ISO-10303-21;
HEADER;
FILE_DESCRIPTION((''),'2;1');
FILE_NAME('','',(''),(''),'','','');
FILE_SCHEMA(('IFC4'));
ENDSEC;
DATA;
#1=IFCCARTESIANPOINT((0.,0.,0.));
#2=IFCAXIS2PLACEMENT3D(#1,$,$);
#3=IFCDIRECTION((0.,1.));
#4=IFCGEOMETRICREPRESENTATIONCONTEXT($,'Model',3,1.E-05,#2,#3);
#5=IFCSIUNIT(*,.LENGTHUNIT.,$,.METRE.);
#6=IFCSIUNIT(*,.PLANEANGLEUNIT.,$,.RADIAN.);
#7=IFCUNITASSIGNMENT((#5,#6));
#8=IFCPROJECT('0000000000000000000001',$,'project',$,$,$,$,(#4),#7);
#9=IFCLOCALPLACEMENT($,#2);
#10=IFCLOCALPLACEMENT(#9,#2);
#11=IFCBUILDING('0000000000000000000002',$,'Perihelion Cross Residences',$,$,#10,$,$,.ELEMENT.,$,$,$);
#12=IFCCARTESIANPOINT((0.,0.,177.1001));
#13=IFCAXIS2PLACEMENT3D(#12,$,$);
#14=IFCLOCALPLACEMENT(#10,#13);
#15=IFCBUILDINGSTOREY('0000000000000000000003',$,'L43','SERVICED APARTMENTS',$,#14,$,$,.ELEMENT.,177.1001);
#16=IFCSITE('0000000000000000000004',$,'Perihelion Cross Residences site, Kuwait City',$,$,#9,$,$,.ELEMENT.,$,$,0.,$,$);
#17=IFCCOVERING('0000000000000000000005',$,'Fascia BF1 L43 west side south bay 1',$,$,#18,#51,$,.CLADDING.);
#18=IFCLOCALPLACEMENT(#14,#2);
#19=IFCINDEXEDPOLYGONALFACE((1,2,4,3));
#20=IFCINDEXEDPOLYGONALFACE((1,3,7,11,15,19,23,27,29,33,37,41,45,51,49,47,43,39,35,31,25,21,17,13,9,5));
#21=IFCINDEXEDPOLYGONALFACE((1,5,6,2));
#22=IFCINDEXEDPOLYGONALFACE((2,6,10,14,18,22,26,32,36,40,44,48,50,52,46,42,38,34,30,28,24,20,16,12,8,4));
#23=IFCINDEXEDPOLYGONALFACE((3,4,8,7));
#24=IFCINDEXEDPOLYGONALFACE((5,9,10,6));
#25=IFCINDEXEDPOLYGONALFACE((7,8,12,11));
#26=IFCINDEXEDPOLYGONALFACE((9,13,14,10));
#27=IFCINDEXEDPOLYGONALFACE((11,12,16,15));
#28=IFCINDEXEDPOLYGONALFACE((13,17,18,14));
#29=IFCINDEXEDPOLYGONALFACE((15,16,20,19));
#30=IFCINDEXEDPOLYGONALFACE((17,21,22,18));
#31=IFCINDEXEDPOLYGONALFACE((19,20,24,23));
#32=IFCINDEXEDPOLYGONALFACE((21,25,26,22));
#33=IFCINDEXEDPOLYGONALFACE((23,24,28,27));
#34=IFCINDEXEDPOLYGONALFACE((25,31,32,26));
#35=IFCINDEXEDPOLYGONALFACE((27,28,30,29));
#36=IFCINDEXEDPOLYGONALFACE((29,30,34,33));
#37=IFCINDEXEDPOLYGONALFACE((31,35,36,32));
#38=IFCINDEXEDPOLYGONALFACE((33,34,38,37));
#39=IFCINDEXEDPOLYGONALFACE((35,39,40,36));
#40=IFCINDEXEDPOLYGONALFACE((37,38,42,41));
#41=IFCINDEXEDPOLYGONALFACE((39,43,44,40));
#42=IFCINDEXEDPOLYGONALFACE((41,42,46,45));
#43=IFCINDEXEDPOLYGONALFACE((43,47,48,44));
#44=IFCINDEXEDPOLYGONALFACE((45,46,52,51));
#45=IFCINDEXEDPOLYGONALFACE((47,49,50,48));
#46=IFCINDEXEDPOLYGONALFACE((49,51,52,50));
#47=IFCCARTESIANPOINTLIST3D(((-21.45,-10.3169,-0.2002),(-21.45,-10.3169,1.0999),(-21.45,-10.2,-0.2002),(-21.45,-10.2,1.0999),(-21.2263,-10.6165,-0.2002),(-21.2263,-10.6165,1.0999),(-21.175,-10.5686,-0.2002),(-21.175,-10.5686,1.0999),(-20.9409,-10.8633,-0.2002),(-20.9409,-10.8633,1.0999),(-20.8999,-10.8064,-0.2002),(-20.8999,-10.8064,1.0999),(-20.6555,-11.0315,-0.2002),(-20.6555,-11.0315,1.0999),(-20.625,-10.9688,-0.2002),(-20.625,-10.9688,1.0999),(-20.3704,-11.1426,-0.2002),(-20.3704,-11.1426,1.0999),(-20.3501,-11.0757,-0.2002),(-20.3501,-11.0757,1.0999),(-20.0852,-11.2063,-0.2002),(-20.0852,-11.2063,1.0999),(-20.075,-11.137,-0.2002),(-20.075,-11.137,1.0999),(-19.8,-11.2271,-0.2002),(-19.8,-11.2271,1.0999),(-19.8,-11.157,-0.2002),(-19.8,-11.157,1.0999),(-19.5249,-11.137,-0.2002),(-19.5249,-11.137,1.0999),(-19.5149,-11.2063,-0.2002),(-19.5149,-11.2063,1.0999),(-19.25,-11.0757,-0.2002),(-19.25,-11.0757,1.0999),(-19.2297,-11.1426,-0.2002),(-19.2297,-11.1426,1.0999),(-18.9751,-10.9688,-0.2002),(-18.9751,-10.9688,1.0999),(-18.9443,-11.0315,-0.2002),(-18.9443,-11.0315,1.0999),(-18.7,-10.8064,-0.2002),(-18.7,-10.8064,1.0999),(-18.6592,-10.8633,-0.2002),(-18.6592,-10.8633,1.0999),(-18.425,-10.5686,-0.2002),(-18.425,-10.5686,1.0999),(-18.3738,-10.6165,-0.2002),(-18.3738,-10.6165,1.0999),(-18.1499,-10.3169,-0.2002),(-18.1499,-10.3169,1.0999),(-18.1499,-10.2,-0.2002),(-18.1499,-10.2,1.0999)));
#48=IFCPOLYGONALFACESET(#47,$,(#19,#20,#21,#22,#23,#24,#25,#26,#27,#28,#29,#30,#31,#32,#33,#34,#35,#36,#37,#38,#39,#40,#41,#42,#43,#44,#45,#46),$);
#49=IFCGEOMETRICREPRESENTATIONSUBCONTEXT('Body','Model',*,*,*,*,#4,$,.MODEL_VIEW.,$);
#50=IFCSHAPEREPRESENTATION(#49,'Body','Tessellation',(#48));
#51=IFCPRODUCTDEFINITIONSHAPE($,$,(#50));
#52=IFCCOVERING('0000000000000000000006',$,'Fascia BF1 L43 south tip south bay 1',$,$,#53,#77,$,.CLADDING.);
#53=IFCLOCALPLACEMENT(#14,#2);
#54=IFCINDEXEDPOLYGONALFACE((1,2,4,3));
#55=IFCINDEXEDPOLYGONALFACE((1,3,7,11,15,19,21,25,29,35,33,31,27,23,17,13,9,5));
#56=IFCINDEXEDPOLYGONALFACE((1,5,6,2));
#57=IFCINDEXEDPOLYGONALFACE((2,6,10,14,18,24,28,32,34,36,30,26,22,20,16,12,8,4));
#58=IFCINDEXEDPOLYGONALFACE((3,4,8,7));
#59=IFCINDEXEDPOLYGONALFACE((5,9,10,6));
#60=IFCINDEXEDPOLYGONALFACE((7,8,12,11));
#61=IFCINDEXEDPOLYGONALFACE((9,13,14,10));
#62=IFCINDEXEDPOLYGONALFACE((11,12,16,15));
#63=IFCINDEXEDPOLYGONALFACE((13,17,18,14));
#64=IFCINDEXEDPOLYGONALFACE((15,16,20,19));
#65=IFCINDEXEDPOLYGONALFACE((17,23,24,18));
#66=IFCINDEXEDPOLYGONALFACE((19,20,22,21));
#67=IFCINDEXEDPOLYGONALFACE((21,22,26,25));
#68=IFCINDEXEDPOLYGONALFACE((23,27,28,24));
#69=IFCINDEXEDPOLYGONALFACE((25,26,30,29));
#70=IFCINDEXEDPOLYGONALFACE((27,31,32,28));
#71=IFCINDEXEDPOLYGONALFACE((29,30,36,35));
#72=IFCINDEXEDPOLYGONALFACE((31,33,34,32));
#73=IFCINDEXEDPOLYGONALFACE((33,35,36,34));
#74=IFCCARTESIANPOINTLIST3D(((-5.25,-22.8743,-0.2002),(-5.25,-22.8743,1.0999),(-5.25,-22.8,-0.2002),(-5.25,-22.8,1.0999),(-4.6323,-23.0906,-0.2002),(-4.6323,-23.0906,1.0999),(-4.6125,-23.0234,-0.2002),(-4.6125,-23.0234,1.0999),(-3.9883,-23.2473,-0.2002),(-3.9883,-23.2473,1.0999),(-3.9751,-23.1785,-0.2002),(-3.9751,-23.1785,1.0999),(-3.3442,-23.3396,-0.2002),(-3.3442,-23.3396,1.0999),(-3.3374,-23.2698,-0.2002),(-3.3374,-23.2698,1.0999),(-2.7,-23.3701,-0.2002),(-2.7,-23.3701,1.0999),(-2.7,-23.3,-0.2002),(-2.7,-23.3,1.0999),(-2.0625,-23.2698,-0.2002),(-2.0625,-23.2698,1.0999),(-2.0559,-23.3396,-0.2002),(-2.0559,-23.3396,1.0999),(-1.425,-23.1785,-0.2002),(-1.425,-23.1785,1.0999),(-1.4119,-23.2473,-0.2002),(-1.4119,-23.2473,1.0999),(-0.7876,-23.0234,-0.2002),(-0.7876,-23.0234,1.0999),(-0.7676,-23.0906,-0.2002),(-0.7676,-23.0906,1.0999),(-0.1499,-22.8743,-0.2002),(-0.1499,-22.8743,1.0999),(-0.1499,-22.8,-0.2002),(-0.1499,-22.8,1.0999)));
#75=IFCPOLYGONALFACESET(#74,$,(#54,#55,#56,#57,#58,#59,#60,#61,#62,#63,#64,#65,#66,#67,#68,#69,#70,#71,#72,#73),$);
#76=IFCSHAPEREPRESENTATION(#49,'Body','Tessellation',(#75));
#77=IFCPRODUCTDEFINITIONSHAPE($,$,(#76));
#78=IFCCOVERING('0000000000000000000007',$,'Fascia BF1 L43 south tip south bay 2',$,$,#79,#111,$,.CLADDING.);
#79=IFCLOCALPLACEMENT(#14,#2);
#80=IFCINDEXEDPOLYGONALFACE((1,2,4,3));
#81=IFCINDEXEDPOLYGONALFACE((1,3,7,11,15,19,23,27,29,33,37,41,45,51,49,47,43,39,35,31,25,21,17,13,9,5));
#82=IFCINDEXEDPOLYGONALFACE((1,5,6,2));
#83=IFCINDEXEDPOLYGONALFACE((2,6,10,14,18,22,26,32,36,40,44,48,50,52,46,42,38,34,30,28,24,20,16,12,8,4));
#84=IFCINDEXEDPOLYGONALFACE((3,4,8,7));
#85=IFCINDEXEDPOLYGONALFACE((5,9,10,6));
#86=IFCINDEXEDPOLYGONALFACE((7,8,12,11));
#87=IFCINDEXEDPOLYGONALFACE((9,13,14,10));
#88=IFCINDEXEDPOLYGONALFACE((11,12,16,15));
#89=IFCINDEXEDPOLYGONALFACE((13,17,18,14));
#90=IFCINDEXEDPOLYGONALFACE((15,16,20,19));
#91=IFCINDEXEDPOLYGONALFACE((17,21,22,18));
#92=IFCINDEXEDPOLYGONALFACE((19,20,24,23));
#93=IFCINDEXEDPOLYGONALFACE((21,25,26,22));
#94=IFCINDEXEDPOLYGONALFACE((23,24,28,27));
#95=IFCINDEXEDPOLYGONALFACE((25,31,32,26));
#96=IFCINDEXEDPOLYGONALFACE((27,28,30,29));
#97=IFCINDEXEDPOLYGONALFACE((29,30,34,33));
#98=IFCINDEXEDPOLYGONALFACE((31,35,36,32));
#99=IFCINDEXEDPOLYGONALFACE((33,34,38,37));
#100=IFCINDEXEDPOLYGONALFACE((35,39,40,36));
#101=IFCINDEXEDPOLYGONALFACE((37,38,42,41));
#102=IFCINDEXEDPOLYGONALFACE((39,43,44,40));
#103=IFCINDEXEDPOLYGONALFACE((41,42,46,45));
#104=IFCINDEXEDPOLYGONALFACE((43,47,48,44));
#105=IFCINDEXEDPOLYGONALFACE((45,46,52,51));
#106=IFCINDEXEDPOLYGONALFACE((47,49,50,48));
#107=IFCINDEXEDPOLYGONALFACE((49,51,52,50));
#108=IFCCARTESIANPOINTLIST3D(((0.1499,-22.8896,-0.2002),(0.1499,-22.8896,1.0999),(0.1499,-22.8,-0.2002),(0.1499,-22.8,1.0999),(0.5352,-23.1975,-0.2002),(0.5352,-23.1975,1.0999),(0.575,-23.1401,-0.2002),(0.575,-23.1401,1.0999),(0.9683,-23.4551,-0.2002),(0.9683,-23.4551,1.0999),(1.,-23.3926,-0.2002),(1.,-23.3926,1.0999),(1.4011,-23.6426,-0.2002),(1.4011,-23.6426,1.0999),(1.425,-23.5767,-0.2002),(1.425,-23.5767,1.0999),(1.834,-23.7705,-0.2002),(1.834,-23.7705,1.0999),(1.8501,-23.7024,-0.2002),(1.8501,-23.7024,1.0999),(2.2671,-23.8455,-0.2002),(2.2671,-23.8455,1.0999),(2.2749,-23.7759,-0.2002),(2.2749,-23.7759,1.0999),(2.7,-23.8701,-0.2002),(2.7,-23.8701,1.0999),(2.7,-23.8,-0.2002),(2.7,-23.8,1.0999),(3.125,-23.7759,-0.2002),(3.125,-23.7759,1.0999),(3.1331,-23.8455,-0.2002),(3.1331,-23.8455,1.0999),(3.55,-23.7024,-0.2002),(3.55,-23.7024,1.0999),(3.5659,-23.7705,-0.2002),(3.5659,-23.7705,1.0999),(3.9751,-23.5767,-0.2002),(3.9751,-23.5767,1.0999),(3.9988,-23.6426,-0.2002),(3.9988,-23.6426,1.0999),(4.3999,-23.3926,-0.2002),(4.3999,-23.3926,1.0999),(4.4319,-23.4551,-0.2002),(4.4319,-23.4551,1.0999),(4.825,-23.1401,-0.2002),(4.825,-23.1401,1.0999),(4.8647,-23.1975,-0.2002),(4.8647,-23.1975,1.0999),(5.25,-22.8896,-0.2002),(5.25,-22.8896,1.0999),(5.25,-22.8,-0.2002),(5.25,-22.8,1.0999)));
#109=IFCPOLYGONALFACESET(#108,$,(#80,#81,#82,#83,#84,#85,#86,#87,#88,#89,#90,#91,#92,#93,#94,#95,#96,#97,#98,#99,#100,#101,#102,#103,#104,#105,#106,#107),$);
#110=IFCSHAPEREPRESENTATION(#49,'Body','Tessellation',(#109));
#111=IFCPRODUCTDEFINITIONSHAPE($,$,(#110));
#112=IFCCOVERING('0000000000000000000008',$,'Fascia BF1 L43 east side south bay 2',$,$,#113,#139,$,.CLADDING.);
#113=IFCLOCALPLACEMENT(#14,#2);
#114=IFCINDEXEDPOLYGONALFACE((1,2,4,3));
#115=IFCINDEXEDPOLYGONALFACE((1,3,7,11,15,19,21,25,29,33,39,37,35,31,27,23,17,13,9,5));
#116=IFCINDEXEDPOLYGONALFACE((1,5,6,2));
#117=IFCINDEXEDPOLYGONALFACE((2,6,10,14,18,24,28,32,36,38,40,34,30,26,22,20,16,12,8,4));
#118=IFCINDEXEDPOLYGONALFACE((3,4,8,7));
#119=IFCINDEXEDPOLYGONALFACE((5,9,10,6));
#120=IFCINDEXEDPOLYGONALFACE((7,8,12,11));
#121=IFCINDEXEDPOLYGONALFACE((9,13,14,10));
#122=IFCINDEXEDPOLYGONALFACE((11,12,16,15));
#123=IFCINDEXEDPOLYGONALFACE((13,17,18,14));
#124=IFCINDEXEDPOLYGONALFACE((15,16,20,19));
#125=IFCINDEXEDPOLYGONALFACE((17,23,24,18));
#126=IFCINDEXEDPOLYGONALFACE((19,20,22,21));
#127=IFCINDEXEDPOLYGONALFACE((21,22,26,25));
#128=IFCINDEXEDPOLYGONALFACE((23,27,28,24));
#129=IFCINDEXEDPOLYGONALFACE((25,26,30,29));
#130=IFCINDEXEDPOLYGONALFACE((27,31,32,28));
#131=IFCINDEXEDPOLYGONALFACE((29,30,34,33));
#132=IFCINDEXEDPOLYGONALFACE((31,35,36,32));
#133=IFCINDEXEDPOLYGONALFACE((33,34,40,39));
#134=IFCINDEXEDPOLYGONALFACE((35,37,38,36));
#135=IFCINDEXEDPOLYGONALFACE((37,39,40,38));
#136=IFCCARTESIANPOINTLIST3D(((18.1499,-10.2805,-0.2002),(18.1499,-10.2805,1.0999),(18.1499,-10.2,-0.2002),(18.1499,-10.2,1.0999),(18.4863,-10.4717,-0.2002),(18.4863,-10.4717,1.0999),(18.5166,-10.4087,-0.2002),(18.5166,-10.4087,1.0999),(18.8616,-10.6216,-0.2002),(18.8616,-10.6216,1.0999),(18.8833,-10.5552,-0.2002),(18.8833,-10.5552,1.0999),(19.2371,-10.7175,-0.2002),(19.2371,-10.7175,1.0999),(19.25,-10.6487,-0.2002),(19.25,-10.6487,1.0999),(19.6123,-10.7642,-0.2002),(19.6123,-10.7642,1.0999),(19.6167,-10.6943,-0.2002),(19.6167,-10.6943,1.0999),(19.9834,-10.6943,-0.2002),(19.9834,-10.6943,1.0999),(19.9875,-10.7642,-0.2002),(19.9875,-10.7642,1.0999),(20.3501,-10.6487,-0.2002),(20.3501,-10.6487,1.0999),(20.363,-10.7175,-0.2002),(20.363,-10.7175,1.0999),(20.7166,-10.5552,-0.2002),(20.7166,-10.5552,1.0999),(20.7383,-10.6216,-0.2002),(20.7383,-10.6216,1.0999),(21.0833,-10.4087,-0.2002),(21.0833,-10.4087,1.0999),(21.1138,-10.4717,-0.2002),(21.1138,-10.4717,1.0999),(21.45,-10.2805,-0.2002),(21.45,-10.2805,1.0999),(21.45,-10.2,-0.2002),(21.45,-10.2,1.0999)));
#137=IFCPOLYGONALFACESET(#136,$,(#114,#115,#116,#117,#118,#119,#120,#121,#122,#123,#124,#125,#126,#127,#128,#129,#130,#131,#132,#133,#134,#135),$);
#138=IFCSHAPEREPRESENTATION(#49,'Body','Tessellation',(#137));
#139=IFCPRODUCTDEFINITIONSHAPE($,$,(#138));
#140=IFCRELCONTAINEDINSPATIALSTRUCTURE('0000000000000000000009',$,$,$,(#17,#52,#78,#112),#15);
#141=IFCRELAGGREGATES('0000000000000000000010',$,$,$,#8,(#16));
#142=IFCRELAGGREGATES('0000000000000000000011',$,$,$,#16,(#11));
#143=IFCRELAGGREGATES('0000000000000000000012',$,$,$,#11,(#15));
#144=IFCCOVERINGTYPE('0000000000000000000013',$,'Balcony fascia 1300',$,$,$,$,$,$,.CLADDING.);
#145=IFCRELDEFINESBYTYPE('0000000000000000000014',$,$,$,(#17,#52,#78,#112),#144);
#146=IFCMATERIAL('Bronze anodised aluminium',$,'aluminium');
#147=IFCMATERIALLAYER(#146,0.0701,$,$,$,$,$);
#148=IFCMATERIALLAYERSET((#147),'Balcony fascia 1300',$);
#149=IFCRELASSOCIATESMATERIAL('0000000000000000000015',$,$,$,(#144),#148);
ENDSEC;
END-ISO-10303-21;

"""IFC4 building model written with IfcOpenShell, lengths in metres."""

from ifc_helpers import new_model, si_unit, direction, frame, origin, place, context, subcontext, project, spatial, polyline, outline, extrude, material, layer, layer_set, type_object, element, save


model = new_model("IFC4")

# Units and contexts
model_context = context("Model", 3, precision=1e-05, world=origin(), true_north=direction((0.0, 1.0)))
body_context = subcontext(model_context, "Body", "Model", "MODEL_VIEW")
ifc_project = project(units=[si_unit("LENGTHUNIT", "METRE"), si_unit("PLANEANGLEUNIT", "RADIAN")], contexts=[model_context])

# Site, building, storey
site_placement = place(None, origin())
site = spatial("IfcSite", under=ifc_project, at=site_placement, Name="Perihelion Cross Residences site, Kuwait City", CompositionType="ELEMENT", RefElevation=0.0)
building_placement = place(site_placement, origin())
building = spatial("IfcBuilding", under=site, at=building_placement, Name="Perihelion Cross Residences", CompositionType="ELEMENT")
storey_placement = place(building_placement, frame((0.0, 0.0, 177.1001)))
storey = spatial("IfcBuildingStorey", under=building, at=storey_placement, Name="L43", Description="SERVICED APARTMENTS", CompositionType="ELEMENT", Elevation=177.1001)

# Coverings
ifc_material_1 = material(Name="Bronze anodised aluminium", Category="aluminium")
ifc_layer_1 = layer(ifc_material_1, 0.0701)
ifc_layer_set_1 = layer_set([ifc_layer_1], Name="Balcony fascia 1300")
covering_type = type_object("IfcCoveringType", Name="Balcony fascia 1300", PredefinedType="CLADDING", material=ifc_layer_set_1)
covering_1_placement = place(storey_placement, frame((0.0, 0.0, -0.2002)))
element("IfcCovering", 1, at=covering_1_placement, inside=storey, type_object=covering_type, Name="Fascia BF1 L43 west side south bay 1", PredefinedType="CLADDING", context=body_context, shape_type="SweptSolid", body=[
    extrude(outline(polyline([(-21.2263, -10.6165), (-20.9409, -10.8633), (-20.6555, -11.0315), (-20.3704, -11.1426), (-20.0852, -11.2063), (-19.8, -11.2271), (-19.5149, -11.2063), (-19.2297, -11.1426), (-18.9443, -11.0315), (-18.6592, -10.8633), (-18.3738, -10.6165), (-18.1499, -10.3169), (-18.1499, -10.2), (-18.425, -10.5686), (-18.7, -10.8064), (-18.9751, -10.9688), (-19.25, -11.0757), (-19.5249, -11.137), (-19.8, -11.157), (-20.075, -11.137), (-20.3501, -11.0757), (-20.625, -10.9688), (-20.8999, -10.8064), (-21.175, -10.5686), (-21.45, -10.2), (-21.45, -10.3169), (-21.2263, -10.6165)])), origin(), (0.0, 0.0, 1.0), 1.3),
])
covering_2_placement = place(storey_placement, frame((0.0, 0.0, -0.2002)))
element("IfcCovering", 2, at=covering_2_placement, inside=storey, type_object=covering_type, Name="Fascia BF1 L43 south tip south bay 1", PredefinedType="CLADDING", context=body_context, shape_type="SweptSolid", body=[
    extrude(outline(polyline([(-4.6323, -23.0906), (-3.9883, -23.2473), (-3.3442, -23.3396), (-2.7, -23.3701), (-2.0559, -23.3396), (-1.4119, -23.2473), (-0.7676, -23.0906), (-0.1499, -22.8743), (-0.1499, -22.8), (-0.7876, -23.0234), (-1.425, -23.1785), (-2.0625, -23.2698), (-2.7, -23.3), (-3.3374, -23.2698), (-3.9751, -23.1785), (-4.6125, -23.0234), (-5.25, -22.8), (-5.25, -22.8743), (-4.6323, -23.0906)])), origin(), (0.0, 0.0, 1.0), 1.3),
])
covering_3_placement = place(storey_placement, frame((0.0, 0.0, -0.2002)))
element("IfcCovering", 3, at=covering_3_placement, inside=storey, type_object=covering_type, Name="Fascia BF1 L43 south tip south bay 2", PredefinedType="CLADDING", context=body_context, shape_type="SweptSolid", body=[
    extrude(outline(polyline([(0.5352, -23.1975), (0.9683, -23.4551), (1.4011, -23.6426), (1.834, -23.7705), (2.2671, -23.8455), (2.7, -23.8701), (3.1331, -23.8455), (3.5659, -23.7705), (3.9988, -23.6426), (4.4319, -23.4551), (4.8647, -23.1975), (5.25, -22.8896), (5.25, -22.8), (4.825, -23.1401), (4.3999, -23.3926), (3.9751, -23.5767), (3.55, -23.7024), (3.125, -23.7759), (2.7, -23.8), (2.2749, -23.7759), (1.8501, -23.7024), (1.425, -23.5767), (1.0, -23.3926), (0.575, -23.1401), (0.1499, -22.8), (0.1499, -22.8896), (0.5352, -23.1975)])), origin(), (0.0, 0.0, 1.0), 1.3),
])
covering_4_placement = place(storey_placement, frame((0.0, 0.0, -0.2002)))
element("IfcCovering", 4, at=covering_4_placement, inside=storey, type_object=covering_type, Name="Fascia BF1 L43 east side south bay 2", PredefinedType="CLADDING", context=body_context, shape_type="SweptSolid", body=[
    extrude(outline(polyline([(18.4863, -10.4717), (18.8616, -10.6216), (19.2371, -10.7175), (19.6123, -10.7642), (19.9875, -10.7642), (20.363, -10.7175), (20.7383, -10.6216), (21.1138, -10.4717), (21.45, -10.2805), (21.45, -10.2), (21.0833, -10.4087), (20.7166, -10.5552), (20.3501, -10.6487), (19.9834, -10.6943), (19.6167, -10.6943), (19.25, -10.6487), (18.8833, -10.5552), (18.5166, -10.4087), (18.1499, -10.2), (18.1499, -10.2805), (18.4863, -10.4717)])), origin(), (0.0, 0.0, 1.0), 1.3),
])

save(model, "model.ifc")
